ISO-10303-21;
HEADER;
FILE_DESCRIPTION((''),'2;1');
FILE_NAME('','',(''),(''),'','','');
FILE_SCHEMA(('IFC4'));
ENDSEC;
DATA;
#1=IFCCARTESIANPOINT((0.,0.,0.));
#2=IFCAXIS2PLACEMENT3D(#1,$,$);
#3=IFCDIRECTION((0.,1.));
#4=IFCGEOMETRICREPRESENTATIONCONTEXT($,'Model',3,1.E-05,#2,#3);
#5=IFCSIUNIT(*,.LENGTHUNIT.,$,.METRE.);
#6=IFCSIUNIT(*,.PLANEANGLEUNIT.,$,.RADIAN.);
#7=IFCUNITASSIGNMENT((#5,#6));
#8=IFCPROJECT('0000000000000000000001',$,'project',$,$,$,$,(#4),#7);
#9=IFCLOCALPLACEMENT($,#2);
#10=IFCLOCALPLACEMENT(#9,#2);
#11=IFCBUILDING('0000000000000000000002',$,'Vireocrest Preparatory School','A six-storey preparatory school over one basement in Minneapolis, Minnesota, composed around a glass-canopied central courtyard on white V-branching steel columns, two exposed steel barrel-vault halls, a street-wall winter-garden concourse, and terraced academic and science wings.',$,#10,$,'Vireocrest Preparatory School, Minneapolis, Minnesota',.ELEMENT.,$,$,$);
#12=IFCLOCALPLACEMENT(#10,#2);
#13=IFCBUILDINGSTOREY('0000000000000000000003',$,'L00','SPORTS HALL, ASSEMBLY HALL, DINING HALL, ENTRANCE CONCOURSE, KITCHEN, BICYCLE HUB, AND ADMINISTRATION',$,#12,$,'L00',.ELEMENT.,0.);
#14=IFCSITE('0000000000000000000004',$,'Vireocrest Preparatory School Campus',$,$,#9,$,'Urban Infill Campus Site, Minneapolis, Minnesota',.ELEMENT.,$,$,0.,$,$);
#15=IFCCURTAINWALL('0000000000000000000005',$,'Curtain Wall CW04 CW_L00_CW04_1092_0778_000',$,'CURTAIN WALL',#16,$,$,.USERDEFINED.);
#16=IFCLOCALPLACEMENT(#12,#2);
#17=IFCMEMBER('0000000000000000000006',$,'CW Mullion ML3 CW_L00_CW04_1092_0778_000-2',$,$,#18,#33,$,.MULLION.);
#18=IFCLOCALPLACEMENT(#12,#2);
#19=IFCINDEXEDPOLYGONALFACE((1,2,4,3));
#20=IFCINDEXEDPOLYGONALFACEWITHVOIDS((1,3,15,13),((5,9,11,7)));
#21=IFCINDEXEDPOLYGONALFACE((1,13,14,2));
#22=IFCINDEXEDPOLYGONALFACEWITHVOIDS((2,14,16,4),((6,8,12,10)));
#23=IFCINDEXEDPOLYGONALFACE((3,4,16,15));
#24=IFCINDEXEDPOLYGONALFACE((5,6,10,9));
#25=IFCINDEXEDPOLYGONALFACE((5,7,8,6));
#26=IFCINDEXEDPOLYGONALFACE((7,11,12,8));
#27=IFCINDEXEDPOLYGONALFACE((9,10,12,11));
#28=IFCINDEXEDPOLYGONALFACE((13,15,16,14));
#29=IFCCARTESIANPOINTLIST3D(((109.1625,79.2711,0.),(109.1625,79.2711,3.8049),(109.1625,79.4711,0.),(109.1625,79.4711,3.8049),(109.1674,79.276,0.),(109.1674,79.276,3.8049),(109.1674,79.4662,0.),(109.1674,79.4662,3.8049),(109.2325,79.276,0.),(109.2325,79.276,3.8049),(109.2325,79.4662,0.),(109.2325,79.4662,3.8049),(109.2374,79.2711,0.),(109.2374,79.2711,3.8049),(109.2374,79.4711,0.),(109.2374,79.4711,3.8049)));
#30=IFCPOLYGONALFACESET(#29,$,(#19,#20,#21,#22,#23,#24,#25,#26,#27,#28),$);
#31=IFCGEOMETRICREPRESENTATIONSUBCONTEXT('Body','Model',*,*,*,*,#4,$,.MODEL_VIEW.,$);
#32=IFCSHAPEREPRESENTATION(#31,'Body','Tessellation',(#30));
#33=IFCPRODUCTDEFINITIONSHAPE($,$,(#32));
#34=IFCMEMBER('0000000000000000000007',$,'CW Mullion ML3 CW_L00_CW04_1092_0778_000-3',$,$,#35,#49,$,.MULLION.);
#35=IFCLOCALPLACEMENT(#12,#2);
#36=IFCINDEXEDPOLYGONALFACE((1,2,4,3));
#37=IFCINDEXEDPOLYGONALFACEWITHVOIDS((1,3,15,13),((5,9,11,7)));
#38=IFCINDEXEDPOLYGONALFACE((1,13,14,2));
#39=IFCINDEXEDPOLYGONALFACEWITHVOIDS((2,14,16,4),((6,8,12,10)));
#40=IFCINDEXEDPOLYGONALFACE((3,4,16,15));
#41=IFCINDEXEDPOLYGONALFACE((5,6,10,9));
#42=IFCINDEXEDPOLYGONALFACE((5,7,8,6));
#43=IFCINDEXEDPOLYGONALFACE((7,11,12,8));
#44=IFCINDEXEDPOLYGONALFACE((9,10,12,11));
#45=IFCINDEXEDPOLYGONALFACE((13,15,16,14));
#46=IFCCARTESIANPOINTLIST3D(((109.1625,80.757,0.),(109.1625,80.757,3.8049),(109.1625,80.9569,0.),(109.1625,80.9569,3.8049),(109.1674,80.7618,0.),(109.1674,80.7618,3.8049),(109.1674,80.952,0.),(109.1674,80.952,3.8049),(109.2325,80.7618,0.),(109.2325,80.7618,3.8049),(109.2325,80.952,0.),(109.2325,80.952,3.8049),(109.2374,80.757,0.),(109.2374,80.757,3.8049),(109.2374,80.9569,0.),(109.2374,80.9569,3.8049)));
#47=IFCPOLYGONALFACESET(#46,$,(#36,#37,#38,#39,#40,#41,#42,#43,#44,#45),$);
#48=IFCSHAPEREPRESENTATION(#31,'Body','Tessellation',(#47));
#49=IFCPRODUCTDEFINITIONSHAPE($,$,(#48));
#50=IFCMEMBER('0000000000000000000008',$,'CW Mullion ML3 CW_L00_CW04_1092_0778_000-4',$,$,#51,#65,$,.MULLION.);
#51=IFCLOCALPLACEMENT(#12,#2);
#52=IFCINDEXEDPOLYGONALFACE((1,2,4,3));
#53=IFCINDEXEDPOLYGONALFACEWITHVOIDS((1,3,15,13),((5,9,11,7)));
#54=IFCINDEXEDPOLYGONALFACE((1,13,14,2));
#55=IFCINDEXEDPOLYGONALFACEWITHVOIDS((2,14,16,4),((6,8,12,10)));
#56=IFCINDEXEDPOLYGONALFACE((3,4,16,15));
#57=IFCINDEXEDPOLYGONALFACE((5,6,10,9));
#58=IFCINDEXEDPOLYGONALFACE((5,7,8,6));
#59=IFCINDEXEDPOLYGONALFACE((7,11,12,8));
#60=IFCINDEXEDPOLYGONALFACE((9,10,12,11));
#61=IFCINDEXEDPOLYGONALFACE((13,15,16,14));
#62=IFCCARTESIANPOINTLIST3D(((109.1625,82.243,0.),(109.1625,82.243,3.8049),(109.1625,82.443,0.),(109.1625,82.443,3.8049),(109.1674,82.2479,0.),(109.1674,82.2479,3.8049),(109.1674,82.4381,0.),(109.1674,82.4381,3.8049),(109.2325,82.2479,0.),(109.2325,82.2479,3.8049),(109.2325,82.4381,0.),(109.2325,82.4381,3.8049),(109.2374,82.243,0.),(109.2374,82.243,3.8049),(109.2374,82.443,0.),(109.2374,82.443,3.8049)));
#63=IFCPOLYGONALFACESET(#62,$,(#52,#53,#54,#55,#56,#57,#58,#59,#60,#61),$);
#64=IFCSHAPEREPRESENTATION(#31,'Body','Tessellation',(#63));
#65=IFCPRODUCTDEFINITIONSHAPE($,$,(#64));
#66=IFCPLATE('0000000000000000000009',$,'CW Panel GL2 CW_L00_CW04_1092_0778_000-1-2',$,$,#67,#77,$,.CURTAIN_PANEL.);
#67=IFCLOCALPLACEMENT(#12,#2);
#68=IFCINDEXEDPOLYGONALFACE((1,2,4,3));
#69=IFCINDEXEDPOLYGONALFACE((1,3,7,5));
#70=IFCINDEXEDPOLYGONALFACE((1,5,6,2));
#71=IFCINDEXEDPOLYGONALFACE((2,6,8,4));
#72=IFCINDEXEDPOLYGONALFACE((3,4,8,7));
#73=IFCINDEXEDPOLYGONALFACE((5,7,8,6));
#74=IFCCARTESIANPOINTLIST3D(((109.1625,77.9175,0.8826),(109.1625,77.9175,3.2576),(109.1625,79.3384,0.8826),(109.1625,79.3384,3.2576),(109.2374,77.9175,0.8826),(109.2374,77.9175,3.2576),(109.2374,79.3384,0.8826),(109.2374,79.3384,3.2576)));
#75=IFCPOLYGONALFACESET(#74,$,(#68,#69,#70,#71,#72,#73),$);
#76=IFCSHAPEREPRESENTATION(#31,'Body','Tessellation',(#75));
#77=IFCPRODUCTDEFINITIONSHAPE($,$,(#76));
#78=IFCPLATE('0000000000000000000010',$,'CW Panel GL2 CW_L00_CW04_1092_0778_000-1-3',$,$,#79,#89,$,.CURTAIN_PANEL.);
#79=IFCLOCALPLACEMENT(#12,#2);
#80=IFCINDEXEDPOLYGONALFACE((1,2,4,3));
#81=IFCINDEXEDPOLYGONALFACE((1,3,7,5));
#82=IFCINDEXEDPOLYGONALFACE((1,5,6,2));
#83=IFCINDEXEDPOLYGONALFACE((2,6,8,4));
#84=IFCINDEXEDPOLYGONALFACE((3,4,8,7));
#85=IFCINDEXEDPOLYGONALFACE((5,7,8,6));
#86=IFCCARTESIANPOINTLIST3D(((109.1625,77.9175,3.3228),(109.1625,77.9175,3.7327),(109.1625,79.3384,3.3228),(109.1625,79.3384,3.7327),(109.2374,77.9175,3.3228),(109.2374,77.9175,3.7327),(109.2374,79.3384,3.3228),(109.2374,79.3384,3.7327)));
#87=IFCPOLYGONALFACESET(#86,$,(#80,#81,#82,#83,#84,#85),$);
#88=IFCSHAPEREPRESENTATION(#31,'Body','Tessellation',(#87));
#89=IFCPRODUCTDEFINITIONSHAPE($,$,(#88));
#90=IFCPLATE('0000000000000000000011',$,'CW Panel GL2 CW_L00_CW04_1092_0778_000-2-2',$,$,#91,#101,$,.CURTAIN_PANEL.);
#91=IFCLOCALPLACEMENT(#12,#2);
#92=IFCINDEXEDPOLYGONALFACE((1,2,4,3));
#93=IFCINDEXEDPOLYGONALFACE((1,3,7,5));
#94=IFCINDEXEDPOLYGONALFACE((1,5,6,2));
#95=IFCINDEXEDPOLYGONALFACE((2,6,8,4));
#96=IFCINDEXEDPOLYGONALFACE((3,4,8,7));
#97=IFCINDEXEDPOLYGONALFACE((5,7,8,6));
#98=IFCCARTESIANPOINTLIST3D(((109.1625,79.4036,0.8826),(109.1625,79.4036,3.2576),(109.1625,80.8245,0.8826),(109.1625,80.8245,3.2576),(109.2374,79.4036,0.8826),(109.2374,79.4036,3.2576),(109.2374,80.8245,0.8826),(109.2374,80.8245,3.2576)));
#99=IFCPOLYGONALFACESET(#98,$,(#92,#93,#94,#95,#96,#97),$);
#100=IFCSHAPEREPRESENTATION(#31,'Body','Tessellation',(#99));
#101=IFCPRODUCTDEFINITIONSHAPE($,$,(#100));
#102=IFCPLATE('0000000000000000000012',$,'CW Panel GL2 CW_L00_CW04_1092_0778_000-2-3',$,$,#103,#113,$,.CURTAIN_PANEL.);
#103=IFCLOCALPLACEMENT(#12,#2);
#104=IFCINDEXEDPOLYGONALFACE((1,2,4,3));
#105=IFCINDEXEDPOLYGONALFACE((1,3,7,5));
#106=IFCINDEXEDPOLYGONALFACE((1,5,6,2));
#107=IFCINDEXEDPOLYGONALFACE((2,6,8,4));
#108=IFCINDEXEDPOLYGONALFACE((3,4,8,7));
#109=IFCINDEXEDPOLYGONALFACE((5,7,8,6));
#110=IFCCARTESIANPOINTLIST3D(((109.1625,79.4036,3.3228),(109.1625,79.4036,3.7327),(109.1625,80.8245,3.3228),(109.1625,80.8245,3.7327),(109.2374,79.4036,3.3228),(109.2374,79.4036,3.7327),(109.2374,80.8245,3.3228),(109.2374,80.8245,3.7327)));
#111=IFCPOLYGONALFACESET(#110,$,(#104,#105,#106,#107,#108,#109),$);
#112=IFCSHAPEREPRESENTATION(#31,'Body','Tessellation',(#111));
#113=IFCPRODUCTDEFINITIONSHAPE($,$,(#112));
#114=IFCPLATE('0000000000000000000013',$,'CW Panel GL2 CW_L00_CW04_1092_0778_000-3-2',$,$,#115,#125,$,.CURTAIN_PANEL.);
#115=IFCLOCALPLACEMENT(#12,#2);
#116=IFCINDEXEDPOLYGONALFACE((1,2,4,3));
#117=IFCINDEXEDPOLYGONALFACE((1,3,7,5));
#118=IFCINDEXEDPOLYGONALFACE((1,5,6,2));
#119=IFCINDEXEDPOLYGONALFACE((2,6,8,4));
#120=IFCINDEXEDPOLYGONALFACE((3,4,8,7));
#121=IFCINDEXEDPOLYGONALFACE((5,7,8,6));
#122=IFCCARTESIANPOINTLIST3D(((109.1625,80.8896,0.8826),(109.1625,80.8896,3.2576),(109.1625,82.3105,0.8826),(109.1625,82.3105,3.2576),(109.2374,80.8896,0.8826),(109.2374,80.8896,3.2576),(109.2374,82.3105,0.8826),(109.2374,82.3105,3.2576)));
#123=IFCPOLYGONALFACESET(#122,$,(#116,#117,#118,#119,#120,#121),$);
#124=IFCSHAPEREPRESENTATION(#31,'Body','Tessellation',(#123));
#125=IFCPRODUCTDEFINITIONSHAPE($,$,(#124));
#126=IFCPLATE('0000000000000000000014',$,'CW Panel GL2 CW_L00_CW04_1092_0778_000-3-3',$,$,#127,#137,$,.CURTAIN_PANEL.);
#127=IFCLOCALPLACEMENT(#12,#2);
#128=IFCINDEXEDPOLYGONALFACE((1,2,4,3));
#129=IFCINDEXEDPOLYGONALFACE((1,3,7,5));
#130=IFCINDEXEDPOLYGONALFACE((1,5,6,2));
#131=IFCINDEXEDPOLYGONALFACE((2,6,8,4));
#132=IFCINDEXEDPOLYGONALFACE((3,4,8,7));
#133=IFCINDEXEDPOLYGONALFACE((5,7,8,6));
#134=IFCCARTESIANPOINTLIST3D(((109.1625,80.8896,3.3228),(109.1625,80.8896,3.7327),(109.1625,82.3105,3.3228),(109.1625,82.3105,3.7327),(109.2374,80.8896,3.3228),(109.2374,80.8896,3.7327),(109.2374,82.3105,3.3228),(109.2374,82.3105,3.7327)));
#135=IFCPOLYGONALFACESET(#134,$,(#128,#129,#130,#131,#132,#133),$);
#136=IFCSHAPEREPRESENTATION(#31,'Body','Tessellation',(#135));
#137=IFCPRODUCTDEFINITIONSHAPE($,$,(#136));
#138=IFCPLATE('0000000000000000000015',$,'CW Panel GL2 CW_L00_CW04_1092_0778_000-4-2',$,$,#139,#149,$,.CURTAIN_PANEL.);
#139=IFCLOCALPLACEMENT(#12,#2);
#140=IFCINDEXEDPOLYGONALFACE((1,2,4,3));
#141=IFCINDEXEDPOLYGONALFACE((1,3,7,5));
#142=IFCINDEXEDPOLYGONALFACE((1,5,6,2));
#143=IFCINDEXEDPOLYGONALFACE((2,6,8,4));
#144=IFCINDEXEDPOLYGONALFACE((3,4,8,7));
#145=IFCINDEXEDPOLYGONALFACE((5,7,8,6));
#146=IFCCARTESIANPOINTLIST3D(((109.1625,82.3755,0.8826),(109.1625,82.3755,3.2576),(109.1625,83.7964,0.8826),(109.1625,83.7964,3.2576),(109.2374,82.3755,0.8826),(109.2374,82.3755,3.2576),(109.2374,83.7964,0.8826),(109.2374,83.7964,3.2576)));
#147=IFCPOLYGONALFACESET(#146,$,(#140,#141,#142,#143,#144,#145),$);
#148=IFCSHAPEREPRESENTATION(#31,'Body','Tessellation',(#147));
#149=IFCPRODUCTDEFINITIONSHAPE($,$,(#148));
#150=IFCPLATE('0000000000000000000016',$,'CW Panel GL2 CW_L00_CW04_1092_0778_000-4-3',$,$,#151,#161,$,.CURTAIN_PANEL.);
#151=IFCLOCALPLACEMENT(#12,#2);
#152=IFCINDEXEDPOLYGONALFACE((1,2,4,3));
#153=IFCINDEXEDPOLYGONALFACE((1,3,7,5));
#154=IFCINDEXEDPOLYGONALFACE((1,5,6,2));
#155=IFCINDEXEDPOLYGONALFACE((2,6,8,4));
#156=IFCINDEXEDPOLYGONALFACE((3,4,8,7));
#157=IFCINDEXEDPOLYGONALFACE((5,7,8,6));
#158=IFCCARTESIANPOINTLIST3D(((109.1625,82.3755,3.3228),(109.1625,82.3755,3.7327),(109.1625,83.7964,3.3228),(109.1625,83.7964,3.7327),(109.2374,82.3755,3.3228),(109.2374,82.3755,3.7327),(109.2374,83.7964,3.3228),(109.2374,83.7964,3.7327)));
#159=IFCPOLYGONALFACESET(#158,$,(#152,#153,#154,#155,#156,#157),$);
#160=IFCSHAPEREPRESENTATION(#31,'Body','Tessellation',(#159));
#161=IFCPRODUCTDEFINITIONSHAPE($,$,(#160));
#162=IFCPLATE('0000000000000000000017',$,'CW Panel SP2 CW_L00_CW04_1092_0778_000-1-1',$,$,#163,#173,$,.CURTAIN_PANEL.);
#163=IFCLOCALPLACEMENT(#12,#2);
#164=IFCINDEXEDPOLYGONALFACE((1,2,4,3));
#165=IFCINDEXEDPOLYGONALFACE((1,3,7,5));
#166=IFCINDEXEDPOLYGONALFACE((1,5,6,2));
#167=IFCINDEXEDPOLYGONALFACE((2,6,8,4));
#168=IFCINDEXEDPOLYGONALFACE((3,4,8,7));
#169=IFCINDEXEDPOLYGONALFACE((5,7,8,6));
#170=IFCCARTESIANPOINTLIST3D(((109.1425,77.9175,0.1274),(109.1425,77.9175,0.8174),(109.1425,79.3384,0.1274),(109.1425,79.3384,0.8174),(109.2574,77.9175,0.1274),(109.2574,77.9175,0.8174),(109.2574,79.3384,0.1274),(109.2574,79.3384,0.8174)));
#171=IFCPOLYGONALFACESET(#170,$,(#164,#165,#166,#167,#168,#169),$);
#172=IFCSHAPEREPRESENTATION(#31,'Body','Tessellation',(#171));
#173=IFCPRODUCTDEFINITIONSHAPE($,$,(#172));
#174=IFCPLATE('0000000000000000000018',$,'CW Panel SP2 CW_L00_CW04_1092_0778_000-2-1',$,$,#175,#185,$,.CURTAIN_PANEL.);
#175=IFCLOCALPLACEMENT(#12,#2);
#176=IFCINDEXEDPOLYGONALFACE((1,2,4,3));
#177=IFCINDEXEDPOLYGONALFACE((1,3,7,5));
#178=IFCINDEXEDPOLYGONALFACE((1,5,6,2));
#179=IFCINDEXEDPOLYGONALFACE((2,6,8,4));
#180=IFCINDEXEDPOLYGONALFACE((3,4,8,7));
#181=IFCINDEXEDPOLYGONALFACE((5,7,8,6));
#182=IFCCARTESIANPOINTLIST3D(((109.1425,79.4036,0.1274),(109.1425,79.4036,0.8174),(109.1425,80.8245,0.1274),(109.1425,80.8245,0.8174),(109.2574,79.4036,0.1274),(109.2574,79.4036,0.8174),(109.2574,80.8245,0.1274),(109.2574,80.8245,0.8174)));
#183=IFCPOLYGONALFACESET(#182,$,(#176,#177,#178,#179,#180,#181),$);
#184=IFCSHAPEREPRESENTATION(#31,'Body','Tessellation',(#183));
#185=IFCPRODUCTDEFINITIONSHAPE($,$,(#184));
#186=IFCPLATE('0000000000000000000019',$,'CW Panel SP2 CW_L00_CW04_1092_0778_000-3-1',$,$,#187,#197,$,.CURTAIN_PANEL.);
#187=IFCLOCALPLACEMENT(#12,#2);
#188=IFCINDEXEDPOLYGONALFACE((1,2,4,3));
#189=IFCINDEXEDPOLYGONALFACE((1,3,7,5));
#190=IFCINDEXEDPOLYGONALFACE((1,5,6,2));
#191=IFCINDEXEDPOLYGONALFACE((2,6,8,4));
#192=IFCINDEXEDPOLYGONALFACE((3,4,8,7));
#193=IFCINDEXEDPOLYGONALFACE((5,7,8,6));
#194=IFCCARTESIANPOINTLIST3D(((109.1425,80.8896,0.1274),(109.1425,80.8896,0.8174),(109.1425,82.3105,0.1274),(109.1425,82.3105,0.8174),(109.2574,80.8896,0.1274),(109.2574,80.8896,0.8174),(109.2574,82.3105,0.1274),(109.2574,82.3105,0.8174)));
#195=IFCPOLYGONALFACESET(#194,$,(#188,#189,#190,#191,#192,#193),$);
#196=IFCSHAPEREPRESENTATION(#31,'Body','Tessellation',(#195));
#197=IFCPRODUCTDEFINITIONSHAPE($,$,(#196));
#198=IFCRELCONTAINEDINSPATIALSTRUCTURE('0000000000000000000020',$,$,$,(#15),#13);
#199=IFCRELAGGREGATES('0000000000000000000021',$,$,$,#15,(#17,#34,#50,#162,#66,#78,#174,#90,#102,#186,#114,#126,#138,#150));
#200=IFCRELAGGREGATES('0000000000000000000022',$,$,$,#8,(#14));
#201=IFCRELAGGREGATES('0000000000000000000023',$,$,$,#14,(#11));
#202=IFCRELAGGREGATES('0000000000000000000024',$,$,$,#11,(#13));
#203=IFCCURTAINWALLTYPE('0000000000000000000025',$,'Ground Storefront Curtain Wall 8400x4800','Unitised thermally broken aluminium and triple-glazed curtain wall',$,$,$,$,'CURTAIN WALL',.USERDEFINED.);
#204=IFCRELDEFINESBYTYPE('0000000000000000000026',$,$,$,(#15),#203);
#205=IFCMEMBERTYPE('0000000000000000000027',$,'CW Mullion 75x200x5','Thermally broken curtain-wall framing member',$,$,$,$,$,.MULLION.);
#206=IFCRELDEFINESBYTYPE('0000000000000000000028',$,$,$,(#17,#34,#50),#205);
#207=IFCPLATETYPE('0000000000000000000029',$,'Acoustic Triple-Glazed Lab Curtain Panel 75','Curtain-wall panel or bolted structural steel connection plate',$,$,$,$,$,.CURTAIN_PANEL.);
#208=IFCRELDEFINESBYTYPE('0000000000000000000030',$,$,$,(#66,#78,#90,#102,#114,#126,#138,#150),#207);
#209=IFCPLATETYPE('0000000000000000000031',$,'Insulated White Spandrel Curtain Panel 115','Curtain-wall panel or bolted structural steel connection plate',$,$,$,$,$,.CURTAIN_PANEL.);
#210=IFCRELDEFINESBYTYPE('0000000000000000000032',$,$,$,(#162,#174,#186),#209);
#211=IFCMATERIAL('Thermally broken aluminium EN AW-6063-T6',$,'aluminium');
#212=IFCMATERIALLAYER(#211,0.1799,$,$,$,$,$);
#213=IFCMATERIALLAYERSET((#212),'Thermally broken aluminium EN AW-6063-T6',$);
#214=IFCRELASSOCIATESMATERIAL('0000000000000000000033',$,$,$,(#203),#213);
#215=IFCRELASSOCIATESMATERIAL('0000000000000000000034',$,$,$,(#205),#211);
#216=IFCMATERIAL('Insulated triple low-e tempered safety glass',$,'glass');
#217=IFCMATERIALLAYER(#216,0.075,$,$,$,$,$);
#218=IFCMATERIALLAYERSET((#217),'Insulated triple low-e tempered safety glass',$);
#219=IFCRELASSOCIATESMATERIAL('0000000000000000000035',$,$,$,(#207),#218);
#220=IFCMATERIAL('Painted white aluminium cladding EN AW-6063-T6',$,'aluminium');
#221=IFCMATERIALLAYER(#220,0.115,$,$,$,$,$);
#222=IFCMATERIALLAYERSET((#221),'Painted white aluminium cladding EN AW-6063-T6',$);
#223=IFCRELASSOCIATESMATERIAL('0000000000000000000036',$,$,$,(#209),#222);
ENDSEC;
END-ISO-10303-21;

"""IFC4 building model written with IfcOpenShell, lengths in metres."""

from ifc_helpers import new_model, si_unit, direction, frame, origin, origin_2d, place, context, subcontext, project, spatial, rectangle, hollow_rectangle, extrude, material, layer, layer_set, material_profile, profile_set, type_object, element, aggregate, save


model = new_model("IFC4")

# Units and contexts
model_context = context("Model", 3, precision=1e-05, world=origin(), true_north=direction((0.0, 1.0)))
body_context = subcontext(model_context, "Body", "Model", "MODEL_VIEW")
ifc_project = project(units=[si_unit("LENGTHUNIT", "METRE"), si_unit("PLANEANGLEUNIT", "RADIAN")], contexts=[model_context])

# Site, building, storey
site_placement = place(None, origin())
site = spatial("IfcSite", under=ifc_project, at=site_placement, Name="Vireocrest Preparatory School Campus", LongName="Urban Infill Campus Site, Minneapolis, Minnesota", CompositionType="ELEMENT", RefElevation=0.0)
building_placement = place(site_placement, origin())
building = spatial("IfcBuilding", under=site, at=building_placement, Name="Vireocrest Preparatory School", Description="A six-storey preparatory school over one basement in Minneapolis, Minnesota, composed around a glass-canopied central courtyard on white V-branching steel columns, two exposed steel barrel-vault halls, a street-wall winter-garden concourse, and terraced academic and science wings.", LongName="Vireocrest Preparatory School, Minneapolis, Minnesota", CompositionType="ELEMENT")
storey_placement = place(building_placement, origin())
storey = spatial("IfcBuildingStorey", under=building, at=storey_placement, Name="L00", Description="SPORTS HALL, ASSEMBLY HALL, DINING HALL, ENTRANCE CONCOURSE, KITCHEN, BICYCLE HUB, AND ADMINISTRATION", LongName="L00", CompositionType="ELEMENT", Elevation=0.0)

# Curtain wall, members, plates
ifc_material_1 = material(Name="Thermally broken aluminium EN AW-6063-T6", Category="aluminium")
ifc_layer_1 = layer(ifc_material_1, 0.1799)
ifc_layer_set_1 = layer_set([ifc_layer_1], Name="Thermally broken aluminium EN AW-6063-T6")
curtain_wall_type = type_object("IfcCurtainWallType", Name="Ground Storefront Curtain Wall 8400x4800", Description="Unitised thermally broken aluminium and triple-glazed curtain wall", ElementType="CURTAIN WALL", PredefinedType="USERDEFINED", material=ifc_layer_set_1)
curtain_wall_placement = place(storey_placement, origin())
curtain_wall = element("IfcCurtainWall", 1, at=curtain_wall_placement, inside=storey, type_object=curtain_wall_type, Name="Curtain Wall CW04 CW_L00_CW04_1092_0778_000", ObjectType="CURTAIN WALL", PredefinedType="USERDEFINED")
ifc_material_profile = material_profile(ifc_material_1, hollow_rectangle(XDim=0.075, YDim=0.2, WallThickness=0.0049, at=origin_2d()), Name="ALU 75x200x5")
ifc_profile_set = profile_set([ifc_material_profile], Name="Thermally broken aluminium EN AW-6063-T6")
member_type = type_object("IfcMemberType", Name="CW Mullion 75x200x5", Description="Thermally broken curtain-wall framing member", PredefinedType="MULLION", material=ifc_profile_set)
member_1_placement = place(storey_placement, frame((109.2, 79.3711, 0.0), z_axis=(0.0, 0.0, 1.0), x_axis=(1.0, 0.0, 0.0)))
member_1 = element("IfcMember", 2, at=member_1_placement, type_object=member_type, Name="CW Mullion ML3 CW_L00_CW04_1092_0778_000-2", PredefinedType="MULLION", context=body_context, shape_type="SweptSolid", body=[
    extrude(hollow_rectangle(XDim=0.075, YDim=0.2, WallThickness=0.0049, at=origin_2d()), origin(), (0.0, 0.0, 1.0), 3.8049),
])
member_2_placement = place(storey_placement, frame((109.2, 80.8569, 0.0), z_axis=(0.0, 0.0, 1.0), x_axis=(1.0, 0.0, 0.0)))
member_2 = element("IfcMember", 3, at=member_2_placement, type_object=member_type, Name="CW Mullion ML3 CW_L00_CW04_1092_0778_000-3", PredefinedType="MULLION", context=body_context, shape_type="SweptSolid", body=[
    extrude(hollow_rectangle(XDim=0.075, YDim=0.2, WallThickness=0.0049, at=origin_2d()), origin(), (0.0, 0.0, 1.0), 3.8049),
])
member_3_placement = place(storey_placement, frame((109.2, 82.343, 0.0), z_axis=(0.0, 0.0, 1.0), x_axis=(1.0, 0.0, 0.0)))
member_3 = element("IfcMember", 4, at=member_3_placement, type_object=member_type, Name="CW Mullion ML3 CW_L00_CW04_1092_0778_000-4", PredefinedType="MULLION", context=body_context, shape_type="SweptSolid", body=[
    extrude(hollow_rectangle(XDim=0.075, YDim=0.2, WallThickness=0.0049, at=origin_2d()), origin(), (0.0, 0.0, 1.0), 3.8049),
])
ifc_material_2 = material(Name="Insulated triple low-e tempered safety glass", Category="glass")
ifc_layer_2 = layer(ifc_material_2, 0.075)
ifc_layer_set_2 = layer_set([ifc_layer_2], Name="Insulated triple low-e tempered safety glass")
plate_type_1 = type_object("IfcPlateType", Name="Acoustic Triple-Glazed Lab Curtain Panel 75", Description="Curtain-wall panel or bolted structural steel connection plate", PredefinedType="CURTAIN_PANEL", material=ifc_layer_set_2)
plate_1_placement = place(storey_placement, frame((109.2, 78.6279, 0.8826), z_axis=(0.0, 0.0, 1.0), x_axis=(0.0, 1.0, 0.0)))
plate_1 = element("IfcPlate", 5, at=plate_1_placement, type_object=plate_type_1, Name="CW Panel GL2 CW_L00_CW04_1092_0778_000-1-2", PredefinedType="CURTAIN_PANEL", context=body_context, shape_type="SweptSolid", body=[
    extrude(rectangle(XDim=1.4209, YDim=0.075, at=origin_2d()), origin(), (0.0, 0.0, 1.0), 2.375),
])
plate_2_placement = place(storey_placement, frame((109.2, 78.6279, 3.3228), z_axis=(0.0, 0.0, 1.0), x_axis=(0.0, 1.0, 0.0)))
plate_2 = element("IfcPlate", 6, at=plate_2_placement, type_object=plate_type_1, Name="CW Panel GL2 CW_L00_CW04_1092_0778_000-1-3", PredefinedType="CURTAIN_PANEL", context=body_context, shape_type="SweptSolid", body=[
    extrude(rectangle(XDim=1.4209, YDim=0.075, at=origin_2d()), origin(), (0.0, 0.0, 1.0), 0.4099),
])
plate_3_placement = place(storey_placement, frame((109.2, 80.114, 0.8826), z_axis=(0.0, 0.0, 1.0), x_axis=(0.0, 1.0, 0.0)))
plate_3 = element("IfcPlate", 7, at=plate_3_placement, type_object=plate_type_1, Name="CW Panel GL2 CW_L00_CW04_1092_0778_000-2-2", PredefinedType="CURTAIN_PANEL", context=body_context, shape_type="SweptSolid", body=[
    extrude(rectangle(XDim=1.4209, YDim=0.075, at=origin_2d()), origin(), (0.0, 0.0, 1.0), 2.375),
])
plate_4_placement = place(storey_placement, frame((109.2, 80.114, 3.3228), z_axis=(0.0, 0.0, 1.0), x_axis=(0.0, 1.0, 0.0)))
plate_4 = element("IfcPlate", 8, at=plate_4_placement, type_object=plate_type_1, Name="CW Panel GL2 CW_L00_CW04_1092_0778_000-2-3", PredefinedType="CURTAIN_PANEL", context=body_context, shape_type="SweptSolid", body=[
    extrude(rectangle(XDim=1.4209, YDim=0.075, at=origin_2d()), origin(), (0.0, 0.0, 1.0), 0.4099),
])
plate_5_placement = place(storey_placement, frame((109.2, 81.6001, 0.8826), z_axis=(0.0, 0.0, 1.0), x_axis=(0.0, 1.0, 0.0)))
plate_5 = element("IfcPlate", 9, at=plate_5_placement, type_object=plate_type_1, Name="CW Panel GL2 CW_L00_CW04_1092_0778_000-3-2", PredefinedType="CURTAIN_PANEL", context=body_context, shape_type="SweptSolid", body=[
    extrude(rectangle(XDim=1.4209, YDim=0.075, at=origin_2d()), origin(), (0.0, 0.0, 1.0), 2.375),
])
plate_6_placement = place(storey_placement, frame((109.2, 81.6001, 3.3228), z_axis=(0.0, 0.0, 1.0), x_axis=(0.0, 1.0, 0.0)))
plate_6 = element("IfcPlate", 10, at=plate_6_placement, type_object=plate_type_1, Name="CW Panel GL2 CW_L00_CW04_1092_0778_000-3-3", PredefinedType="CURTAIN_PANEL", context=body_context, shape_type="SweptSolid", body=[
    extrude(rectangle(XDim=1.4209, YDim=0.075, at=origin_2d()), origin(), (0.0, 0.0, 1.0), 0.4099),
])
plate_7_placement = place(storey_placement, frame((109.2, 83.0859, 0.8826), z_axis=(0.0, 0.0, 1.0), x_axis=(0.0, 1.0, 0.0)))
plate_7 = element("IfcPlate", 11, at=plate_7_placement, type_object=plate_type_1, Name="CW Panel GL2 CW_L00_CW04_1092_0778_000-4-2", PredefinedType="CURTAIN_PANEL", context=body_context, shape_type="SweptSolid", body=[
    extrude(rectangle(XDim=1.4209, YDim=0.075, at=origin_2d()), origin(), (0.0, 0.0, 1.0), 2.375),
])
plate_8_placement = place(storey_placement, frame((109.2, 83.0859, 3.3228), z_axis=(0.0, 0.0, 1.0), x_axis=(0.0, 1.0, 0.0)))
plate_8 = element("IfcPlate", 12, at=plate_8_placement, type_object=plate_type_1, Name="CW Panel GL2 CW_L00_CW04_1092_0778_000-4-3", PredefinedType="CURTAIN_PANEL", context=body_context, shape_type="SweptSolid", body=[
    extrude(rectangle(XDim=1.4209, YDim=0.075, at=origin_2d()), origin(), (0.0, 0.0, 1.0), 0.4099),
])
ifc_material_3 = material(Name="Painted white aluminium cladding EN AW-6063-T6", Category="aluminium")
ifc_layer_3 = layer(ifc_material_3, 0.115)
ifc_layer_set_3 = layer_set([ifc_layer_3], Name="Painted white aluminium cladding EN AW-6063-T6")
plate_type_2 = type_object("IfcPlateType", Name="Insulated White Spandrel Curtain Panel 115", Description="Curtain-wall panel or bolted structural steel connection plate", PredefinedType="CURTAIN_PANEL", material=ifc_layer_set_3)
plate_9_placement = place(storey_placement, frame((109.2, 78.6279, 0.1274), z_axis=(0.0, 0.0, 1.0), x_axis=(0.0, 1.0, 0.0)))
plate_9 = element("IfcPlate", 13, at=plate_9_placement, type_object=plate_type_2, Name="CW Panel SP2 CW_L00_CW04_1092_0778_000-1-1", PredefinedType="CURTAIN_PANEL", context=body_context, shape_type="SweptSolid", body=[
    extrude(rectangle(XDim=1.4209, YDim=0.115, at=origin_2d()), origin(), (0.0, 0.0, 1.0), 0.6899),
])
plate_10_placement = place(storey_placement, frame((109.2, 80.114, 0.1274), z_axis=(0.0, 0.0, 1.0), x_axis=(0.0, 1.0, 0.0)))
plate_10 = element("IfcPlate", 14, at=plate_10_placement, type_object=plate_type_2, Name="CW Panel SP2 CW_L00_CW04_1092_0778_000-2-1", PredefinedType="CURTAIN_PANEL", context=body_context, shape_type="SweptSolid", body=[
    extrude(rectangle(XDim=1.4209, YDim=0.115, at=origin_2d()), origin(), (0.0, 0.0, 1.0), 0.6899),
])
plate_11_placement = place(storey_placement, frame((109.2, 81.6001, 0.1274), z_axis=(0.0, 0.0, 1.0), x_axis=(0.0, 1.0, 0.0)))
plate_11 = element("IfcPlate", 15, at=plate_11_placement, type_object=plate_type_2, Name="CW Panel SP2 CW_L00_CW04_1092_0778_000-3-1", PredefinedType="CURTAIN_PANEL", context=body_context, shape_type="SweptSolid", body=[
    extrude(rectangle(XDim=1.4209, YDim=0.115, at=origin_2d()), origin(), (0.0, 0.0, 1.0), 0.6899),
])
aggregate(curtain_wall, [member_1, member_2, member_3, plate_9, plate_1, plate_2, plate_10, plate_3, plate_4, plate_11, plate_5, plate_6, plate_7, plate_8])

save(model, "model.ifc")
